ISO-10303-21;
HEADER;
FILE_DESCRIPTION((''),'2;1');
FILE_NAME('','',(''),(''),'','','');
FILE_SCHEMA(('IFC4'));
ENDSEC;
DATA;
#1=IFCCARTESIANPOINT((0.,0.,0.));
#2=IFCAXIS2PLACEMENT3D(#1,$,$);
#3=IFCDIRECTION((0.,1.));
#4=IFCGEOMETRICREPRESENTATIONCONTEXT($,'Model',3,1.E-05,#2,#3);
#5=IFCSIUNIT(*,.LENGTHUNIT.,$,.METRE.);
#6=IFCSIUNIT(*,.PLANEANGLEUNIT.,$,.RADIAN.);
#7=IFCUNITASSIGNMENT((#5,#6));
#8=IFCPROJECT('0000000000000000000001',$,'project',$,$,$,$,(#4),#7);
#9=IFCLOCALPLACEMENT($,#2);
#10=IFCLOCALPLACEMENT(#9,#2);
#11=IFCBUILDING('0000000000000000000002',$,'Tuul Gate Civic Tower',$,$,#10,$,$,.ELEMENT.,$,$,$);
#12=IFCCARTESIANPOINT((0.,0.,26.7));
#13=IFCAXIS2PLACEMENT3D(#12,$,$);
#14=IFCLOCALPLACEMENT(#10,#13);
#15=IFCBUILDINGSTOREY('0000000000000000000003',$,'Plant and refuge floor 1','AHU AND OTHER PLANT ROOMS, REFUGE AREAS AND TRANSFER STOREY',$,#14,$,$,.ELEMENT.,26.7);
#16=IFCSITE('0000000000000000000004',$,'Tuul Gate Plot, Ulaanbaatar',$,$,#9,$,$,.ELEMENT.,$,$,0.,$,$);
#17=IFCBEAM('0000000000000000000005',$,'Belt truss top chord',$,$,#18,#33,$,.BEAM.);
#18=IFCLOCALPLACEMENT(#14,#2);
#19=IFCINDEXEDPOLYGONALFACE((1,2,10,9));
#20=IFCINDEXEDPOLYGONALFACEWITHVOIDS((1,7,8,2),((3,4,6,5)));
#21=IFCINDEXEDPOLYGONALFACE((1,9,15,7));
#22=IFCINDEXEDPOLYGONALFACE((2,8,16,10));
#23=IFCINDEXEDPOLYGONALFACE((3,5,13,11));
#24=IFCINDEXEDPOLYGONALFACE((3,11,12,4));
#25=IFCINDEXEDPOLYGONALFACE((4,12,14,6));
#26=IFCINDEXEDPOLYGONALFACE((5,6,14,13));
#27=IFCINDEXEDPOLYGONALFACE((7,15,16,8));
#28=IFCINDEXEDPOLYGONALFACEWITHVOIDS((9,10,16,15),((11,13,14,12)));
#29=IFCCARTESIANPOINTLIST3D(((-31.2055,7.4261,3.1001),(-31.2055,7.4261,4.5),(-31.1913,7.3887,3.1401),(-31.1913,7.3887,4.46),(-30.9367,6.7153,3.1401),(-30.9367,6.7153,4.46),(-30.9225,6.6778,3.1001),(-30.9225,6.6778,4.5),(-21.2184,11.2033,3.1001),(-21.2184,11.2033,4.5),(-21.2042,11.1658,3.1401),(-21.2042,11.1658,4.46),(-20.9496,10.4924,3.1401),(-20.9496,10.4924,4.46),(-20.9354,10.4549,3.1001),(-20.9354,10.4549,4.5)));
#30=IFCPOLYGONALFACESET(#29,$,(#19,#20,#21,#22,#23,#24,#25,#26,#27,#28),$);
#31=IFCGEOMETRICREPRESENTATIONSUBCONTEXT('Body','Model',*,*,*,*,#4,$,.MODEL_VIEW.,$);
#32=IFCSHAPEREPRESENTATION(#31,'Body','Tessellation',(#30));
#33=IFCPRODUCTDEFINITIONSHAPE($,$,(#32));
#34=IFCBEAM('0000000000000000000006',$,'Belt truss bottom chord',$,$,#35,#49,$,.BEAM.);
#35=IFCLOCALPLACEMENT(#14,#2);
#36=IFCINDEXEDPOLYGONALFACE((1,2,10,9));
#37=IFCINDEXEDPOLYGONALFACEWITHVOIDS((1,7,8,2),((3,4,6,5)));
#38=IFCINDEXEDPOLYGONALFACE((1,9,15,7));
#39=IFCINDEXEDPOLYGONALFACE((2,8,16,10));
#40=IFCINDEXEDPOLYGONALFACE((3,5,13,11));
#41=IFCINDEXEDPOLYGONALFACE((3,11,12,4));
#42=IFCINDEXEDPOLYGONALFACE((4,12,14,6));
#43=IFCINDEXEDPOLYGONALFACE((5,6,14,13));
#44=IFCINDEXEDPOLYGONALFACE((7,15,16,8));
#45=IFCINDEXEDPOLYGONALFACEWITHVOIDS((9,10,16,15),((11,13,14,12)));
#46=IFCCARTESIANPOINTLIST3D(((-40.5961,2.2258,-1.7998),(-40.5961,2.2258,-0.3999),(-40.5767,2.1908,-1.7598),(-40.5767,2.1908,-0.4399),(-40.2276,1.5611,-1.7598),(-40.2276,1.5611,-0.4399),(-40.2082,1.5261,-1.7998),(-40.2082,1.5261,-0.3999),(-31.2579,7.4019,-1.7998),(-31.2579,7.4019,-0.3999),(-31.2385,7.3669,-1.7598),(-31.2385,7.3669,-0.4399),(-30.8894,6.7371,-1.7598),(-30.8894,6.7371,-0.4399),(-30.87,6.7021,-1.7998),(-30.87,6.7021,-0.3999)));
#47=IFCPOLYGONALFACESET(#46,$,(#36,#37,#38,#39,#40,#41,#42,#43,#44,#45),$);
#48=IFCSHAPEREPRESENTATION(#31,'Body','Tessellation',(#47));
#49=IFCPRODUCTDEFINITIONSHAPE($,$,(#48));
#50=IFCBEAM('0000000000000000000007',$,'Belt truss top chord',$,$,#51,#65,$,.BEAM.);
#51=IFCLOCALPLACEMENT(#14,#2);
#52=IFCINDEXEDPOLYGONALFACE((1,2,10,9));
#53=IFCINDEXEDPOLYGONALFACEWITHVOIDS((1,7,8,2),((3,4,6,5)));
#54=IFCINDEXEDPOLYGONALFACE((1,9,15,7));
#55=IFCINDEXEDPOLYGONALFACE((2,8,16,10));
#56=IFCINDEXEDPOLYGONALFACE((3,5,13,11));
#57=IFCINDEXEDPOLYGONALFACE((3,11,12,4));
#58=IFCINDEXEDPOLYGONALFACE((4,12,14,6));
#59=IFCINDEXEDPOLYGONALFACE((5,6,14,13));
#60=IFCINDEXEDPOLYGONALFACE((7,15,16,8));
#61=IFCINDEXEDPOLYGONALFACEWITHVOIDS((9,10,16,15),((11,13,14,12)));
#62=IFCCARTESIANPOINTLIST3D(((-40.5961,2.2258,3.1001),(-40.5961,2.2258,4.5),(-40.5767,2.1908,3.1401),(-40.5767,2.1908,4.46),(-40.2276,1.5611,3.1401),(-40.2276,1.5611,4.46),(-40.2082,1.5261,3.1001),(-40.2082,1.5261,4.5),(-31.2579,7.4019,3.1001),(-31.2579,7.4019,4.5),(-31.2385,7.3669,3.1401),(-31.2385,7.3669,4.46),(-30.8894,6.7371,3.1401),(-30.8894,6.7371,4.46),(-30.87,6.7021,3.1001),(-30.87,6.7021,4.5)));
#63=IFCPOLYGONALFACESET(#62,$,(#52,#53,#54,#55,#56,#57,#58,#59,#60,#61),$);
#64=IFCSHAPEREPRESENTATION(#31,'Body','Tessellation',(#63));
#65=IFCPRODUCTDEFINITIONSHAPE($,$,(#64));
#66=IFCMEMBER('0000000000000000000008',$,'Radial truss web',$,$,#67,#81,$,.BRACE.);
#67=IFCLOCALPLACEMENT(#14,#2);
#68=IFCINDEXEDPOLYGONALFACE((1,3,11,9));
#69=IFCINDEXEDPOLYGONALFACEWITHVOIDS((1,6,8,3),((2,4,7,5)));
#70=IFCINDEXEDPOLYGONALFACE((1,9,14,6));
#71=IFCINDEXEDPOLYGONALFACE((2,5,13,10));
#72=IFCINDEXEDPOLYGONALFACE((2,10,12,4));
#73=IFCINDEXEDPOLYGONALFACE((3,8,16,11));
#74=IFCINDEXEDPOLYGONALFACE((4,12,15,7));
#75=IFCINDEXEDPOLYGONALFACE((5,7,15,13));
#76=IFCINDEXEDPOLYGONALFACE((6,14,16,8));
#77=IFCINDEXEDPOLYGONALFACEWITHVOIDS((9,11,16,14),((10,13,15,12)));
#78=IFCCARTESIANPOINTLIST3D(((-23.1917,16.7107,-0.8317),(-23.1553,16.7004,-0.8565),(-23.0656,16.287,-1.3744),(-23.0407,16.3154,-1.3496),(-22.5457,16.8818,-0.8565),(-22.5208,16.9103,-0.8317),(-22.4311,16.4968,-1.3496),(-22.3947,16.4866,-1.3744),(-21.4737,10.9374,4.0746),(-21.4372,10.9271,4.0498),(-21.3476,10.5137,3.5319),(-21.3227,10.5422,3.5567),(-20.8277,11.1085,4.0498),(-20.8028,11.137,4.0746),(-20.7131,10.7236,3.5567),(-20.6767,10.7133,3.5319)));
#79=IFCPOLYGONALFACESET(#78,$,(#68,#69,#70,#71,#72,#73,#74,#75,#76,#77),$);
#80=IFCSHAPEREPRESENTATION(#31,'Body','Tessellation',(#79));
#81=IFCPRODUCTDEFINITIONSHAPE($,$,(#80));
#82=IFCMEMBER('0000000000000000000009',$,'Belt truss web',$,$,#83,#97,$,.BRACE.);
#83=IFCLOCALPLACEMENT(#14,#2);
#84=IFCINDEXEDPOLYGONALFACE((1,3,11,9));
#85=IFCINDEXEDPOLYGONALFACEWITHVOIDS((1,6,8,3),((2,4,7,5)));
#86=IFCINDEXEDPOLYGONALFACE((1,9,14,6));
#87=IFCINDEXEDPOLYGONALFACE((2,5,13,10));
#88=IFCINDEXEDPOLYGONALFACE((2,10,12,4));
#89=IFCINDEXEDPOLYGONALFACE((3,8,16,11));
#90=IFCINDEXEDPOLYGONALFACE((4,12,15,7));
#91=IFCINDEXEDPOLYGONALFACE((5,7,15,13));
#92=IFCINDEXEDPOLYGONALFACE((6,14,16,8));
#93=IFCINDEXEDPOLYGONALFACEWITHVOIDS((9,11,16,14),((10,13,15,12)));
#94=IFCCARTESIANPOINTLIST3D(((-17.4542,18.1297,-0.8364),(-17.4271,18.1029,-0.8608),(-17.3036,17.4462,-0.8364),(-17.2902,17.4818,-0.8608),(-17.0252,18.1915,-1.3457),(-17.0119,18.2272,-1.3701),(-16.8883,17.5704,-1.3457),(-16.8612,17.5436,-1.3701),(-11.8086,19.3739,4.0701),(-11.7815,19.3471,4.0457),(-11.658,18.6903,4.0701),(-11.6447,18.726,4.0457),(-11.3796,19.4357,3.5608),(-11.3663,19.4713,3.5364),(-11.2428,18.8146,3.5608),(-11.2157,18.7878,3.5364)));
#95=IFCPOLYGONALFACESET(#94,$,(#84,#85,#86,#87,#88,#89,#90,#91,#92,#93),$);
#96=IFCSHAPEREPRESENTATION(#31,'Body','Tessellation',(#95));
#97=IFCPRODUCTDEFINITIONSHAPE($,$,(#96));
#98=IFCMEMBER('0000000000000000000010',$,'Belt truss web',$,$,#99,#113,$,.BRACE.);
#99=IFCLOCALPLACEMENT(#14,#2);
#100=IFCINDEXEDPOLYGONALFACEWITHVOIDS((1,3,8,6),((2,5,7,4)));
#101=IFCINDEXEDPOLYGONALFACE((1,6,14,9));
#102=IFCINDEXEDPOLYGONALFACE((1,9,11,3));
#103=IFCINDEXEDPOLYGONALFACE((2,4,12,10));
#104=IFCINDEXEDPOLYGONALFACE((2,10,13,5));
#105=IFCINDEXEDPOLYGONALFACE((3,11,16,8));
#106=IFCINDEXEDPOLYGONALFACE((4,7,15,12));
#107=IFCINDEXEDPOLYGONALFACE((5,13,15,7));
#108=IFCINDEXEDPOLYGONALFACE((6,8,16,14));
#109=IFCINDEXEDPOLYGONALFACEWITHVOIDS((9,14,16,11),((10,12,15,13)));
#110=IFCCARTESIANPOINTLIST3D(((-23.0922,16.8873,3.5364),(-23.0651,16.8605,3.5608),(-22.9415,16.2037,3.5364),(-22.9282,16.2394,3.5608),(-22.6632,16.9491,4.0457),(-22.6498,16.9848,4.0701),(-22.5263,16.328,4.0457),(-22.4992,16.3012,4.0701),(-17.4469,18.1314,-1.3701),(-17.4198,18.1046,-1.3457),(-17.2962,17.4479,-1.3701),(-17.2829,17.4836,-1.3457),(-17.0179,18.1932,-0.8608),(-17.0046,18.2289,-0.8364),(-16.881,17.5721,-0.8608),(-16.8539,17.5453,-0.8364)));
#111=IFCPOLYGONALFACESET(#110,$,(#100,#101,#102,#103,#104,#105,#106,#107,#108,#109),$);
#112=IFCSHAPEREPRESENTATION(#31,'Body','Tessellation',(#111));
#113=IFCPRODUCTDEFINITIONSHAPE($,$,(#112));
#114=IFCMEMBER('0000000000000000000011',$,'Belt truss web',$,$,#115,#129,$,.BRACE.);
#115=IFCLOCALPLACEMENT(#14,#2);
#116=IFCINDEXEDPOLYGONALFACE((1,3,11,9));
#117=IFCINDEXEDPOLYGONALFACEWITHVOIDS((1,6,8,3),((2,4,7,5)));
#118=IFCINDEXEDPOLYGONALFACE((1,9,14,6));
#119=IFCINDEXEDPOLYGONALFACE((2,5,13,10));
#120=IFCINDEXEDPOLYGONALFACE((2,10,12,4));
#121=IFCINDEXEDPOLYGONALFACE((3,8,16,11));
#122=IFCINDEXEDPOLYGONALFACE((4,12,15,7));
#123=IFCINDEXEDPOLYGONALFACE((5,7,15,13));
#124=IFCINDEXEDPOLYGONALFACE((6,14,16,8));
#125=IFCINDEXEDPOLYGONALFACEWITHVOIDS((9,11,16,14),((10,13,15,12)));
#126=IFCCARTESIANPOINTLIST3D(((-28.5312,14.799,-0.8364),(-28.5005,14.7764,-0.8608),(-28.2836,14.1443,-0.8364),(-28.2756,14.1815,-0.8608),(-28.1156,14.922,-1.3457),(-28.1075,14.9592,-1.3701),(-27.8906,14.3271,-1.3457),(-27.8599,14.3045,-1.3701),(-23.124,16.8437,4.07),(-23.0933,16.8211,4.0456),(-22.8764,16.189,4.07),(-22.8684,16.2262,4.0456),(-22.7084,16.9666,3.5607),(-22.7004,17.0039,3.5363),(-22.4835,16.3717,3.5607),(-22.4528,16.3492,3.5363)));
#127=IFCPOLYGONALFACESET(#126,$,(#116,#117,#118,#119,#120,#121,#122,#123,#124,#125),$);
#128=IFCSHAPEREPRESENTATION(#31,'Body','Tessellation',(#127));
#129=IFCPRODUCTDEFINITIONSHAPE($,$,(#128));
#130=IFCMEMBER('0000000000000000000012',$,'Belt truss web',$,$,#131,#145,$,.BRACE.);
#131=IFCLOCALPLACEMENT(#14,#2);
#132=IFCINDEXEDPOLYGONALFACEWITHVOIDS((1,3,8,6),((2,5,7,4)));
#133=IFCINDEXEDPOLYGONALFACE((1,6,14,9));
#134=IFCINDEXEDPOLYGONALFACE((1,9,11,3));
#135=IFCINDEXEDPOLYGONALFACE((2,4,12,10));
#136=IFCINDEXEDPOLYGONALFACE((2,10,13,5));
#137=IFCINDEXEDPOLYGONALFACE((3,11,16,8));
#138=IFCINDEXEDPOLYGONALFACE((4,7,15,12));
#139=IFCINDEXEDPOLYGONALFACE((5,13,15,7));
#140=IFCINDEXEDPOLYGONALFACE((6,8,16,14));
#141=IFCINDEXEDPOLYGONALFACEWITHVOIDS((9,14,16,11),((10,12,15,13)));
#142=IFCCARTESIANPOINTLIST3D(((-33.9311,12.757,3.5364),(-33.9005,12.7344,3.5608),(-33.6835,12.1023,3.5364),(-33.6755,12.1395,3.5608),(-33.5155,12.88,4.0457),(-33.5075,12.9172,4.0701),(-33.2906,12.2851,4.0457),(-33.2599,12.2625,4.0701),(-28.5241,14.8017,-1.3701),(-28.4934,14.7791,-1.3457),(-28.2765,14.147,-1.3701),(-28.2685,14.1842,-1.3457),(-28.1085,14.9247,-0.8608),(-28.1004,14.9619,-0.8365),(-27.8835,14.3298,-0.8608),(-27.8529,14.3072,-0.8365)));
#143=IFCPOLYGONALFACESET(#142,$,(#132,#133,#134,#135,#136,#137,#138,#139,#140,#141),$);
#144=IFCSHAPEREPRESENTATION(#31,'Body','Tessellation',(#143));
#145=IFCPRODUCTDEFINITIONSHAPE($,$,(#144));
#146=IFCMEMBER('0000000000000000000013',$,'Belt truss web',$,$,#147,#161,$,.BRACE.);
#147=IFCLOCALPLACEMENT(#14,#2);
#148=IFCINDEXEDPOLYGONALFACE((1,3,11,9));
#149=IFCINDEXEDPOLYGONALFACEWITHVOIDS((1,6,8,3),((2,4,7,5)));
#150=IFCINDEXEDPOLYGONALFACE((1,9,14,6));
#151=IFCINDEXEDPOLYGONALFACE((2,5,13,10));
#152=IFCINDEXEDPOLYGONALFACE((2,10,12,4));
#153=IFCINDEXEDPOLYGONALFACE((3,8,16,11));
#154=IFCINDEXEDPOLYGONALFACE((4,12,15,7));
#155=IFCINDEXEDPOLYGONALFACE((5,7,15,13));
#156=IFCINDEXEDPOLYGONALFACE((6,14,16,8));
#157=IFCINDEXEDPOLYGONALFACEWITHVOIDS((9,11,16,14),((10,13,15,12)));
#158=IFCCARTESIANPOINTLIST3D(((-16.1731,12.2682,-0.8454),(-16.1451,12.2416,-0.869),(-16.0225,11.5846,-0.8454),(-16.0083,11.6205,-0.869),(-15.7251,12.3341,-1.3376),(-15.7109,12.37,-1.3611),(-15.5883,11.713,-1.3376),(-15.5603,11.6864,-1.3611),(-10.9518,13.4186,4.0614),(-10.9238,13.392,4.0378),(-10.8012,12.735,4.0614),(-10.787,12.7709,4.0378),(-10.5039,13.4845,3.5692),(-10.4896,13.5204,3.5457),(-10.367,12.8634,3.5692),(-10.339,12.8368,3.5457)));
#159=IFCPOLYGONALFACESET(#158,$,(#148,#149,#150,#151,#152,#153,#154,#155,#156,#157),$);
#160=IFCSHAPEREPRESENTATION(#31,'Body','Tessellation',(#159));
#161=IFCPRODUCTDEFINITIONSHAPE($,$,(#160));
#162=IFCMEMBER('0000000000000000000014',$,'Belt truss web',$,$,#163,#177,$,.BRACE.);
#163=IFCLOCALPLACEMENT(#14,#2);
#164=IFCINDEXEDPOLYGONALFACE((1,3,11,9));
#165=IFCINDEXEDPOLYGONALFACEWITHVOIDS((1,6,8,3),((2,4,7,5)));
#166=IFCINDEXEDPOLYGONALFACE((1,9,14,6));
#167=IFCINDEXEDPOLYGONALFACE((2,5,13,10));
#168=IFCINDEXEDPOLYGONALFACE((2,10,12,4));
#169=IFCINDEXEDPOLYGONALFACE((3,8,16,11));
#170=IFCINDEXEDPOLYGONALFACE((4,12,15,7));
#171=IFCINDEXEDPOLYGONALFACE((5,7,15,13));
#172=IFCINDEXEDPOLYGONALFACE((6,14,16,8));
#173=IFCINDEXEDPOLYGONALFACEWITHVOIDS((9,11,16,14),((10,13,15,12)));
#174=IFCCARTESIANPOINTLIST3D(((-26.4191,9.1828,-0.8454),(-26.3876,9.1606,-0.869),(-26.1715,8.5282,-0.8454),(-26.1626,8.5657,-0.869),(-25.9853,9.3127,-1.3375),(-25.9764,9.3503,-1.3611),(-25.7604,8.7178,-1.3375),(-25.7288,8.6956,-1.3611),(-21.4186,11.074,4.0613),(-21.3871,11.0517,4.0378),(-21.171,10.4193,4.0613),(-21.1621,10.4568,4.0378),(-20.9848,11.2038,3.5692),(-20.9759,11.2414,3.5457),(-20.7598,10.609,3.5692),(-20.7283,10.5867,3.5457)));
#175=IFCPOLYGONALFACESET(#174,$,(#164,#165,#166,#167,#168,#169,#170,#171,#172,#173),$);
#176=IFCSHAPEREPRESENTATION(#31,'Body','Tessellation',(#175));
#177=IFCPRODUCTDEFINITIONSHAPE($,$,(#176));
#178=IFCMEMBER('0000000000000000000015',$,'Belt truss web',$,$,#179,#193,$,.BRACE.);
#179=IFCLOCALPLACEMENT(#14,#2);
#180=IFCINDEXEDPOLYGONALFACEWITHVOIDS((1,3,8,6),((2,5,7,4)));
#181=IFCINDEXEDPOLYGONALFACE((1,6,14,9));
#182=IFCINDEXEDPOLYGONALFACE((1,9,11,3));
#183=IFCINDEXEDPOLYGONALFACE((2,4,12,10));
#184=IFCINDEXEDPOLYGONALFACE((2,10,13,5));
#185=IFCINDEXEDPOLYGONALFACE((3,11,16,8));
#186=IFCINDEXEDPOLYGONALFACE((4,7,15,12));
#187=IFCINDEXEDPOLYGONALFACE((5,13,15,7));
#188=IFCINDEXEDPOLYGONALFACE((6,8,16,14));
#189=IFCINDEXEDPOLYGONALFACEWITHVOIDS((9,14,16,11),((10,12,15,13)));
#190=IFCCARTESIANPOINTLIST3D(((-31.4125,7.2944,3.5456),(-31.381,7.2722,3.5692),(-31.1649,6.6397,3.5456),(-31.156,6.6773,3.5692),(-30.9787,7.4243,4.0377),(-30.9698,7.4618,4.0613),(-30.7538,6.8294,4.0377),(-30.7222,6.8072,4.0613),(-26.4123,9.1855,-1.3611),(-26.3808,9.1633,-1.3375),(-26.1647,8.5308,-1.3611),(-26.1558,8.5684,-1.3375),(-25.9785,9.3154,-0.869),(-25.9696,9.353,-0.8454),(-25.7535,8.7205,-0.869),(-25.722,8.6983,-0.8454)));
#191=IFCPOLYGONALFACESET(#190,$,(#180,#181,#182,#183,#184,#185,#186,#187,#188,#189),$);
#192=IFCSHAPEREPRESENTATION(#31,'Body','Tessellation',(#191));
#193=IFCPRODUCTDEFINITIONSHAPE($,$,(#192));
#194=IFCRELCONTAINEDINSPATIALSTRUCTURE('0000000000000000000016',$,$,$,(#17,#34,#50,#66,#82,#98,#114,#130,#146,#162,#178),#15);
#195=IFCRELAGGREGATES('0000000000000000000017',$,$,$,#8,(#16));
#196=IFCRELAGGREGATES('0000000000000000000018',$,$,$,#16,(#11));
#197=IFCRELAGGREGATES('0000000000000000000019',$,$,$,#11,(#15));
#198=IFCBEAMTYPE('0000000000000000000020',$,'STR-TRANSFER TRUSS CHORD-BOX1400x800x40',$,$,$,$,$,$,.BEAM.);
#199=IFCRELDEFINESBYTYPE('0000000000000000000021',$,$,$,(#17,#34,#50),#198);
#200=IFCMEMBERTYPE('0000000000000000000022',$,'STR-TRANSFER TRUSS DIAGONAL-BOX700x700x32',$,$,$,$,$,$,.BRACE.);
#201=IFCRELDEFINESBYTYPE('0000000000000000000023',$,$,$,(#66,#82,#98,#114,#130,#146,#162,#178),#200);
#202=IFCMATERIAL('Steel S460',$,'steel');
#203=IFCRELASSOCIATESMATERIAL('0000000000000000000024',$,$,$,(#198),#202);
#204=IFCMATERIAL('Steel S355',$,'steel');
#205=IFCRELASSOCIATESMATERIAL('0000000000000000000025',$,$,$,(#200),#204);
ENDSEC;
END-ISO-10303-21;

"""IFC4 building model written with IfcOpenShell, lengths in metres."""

from ifc_helpers import new_model, si_unit, direction, frame, origin, origin_2d, place, context, subcontext, project, spatial, hollow_rectangle, extrude, material, material_profile, profile_set, type_object, element, save


model = new_model("IFC4")

# Units and contexts
model_context = context("Model", 3, precision=1e-05, world=origin(), true_north=direction((0.0, 1.0)))
body_context = subcontext(model_context, "Body", "Model", "MODEL_VIEW")
ifc_project = project(units=[si_unit("LENGTHUNIT", "METRE"), si_unit("PLANEANGLEUNIT", "RADIAN")], contexts=[model_context])

# Site, building, storey
site_placement = place(None, origin())
site = spatial("IfcSite", under=ifc_project, at=site_placement, Name="Tuul Gate Plot, Ulaanbaatar", CompositionType="ELEMENT", RefElevation=0.0)
building_placement = place(site_placement, origin())
building = spatial("IfcBuilding", under=site, at=building_placement, Name="Tuul Gate Civic Tower", CompositionType="ELEMENT")
storey_placement = place(building_placement, frame((0.0, 0.0, 26.7)))
storey = spatial("IfcBuildingStorey", under=building, at=storey_placement, Name="Plant and refuge floor 1", Description="AHU AND OTHER PLANT ROOMS, REFUGE AREAS AND TRANSFER STOREY", CompositionType="ELEMENT", Elevation=26.7)

# Beams
ifc_material_1 = material(Name="Steel S460", Category="steel")
ifc_material_profile_1 = material_profile(ifc_material_1, hollow_rectangle(XDim=0.8, YDim=1.3999, WallThickness=0.04, at=origin_2d()), Name="BOX1400x800x40")
ifc_profile_set_1 = profile_set([ifc_material_profile_1], Name="Steel S460")
beam_type_1 = type_object("IfcBeamType", Name="STR-TRANSFER TRUSS CHORD-BOX1400x800x40", PredefinedType="BEAM", material=ifc_profile_set_1)
for number, where, z_axis, x_axis, name in (
    (1, (-21.0769, 10.8291, 3.8), (-0.935342, -0.353746, 0.0), (0.353746, -0.935342, 0.0), "Belt truss top chord"),
):
    element("IfcBeam", number, at=place(storey_placement, frame(where, z_axis=z_axis, x_axis=x_axis)), inside=storey, type_object=beam_type_1, Name=name, PredefinedType="BEAM", context=body_context, shape_type="SweptSolid", body=[
        extrude(hollow_rectangle(XDim=0.8, YDim=1.3999, WallThickness=0.04, at=origin_2d()), origin(), (0.0, 0.0, 1.0), 10.6775),
    ])
for number, where, z_axis, x_axis, name in (
    (2, (-31.064, 7.052, -1.0999), (-0.874627, -0.484796, 0.0), (0.484796, -0.874627, 0.0), "Belt truss bottom chord"),
    (3, (-31.064, 7.052, 3.8), (-0.874627, -0.484796, 0.0), (0.484796, -0.874627, 0.0), "Belt truss top chord"),
):
    element("IfcBeam", number, at=place(storey_placement, frame(where, z_axis=z_axis, x_axis=x_axis)), inside=storey, type_object=beam_type_1, Name=name, PredefinedType="BEAM", context=body_context, shape_type="SweptSolid", body=[
        extrude(hollow_rectangle(XDim=0.8, YDim=1.3999, WallThickness=0.04, at=origin_2d()), origin(), (0.0, 0.0, 1.0), 10.6768),
    ])

# Members
ifc_material_2 = material(Name="Steel S355", Category="steel")
ifc_material_profile_2 = material_profile(ifc_material_2, hollow_rectangle(XDim=0.7, YDim=0.7, WallThickness=0.032, at=origin_2d()), Name="BOX700x700x32")
ifc_profile_set_2 = profile_set([ifc_material_profile_2], Name="Steel S355")
member_type_1 = type_object("IfcMemberType", Name="STR-TRANSFER TRUSS DIAGONAL-BOX700x700x32", PredefinedType="BRACE", material=ifc_profile_set_2)
member_1_placement = place(storey_placement, frame((-22.7932, 16.5986, -1.103), z_axis=(0.221146, -0.743135, 0.631541), x_axis=(0.958461, 0.285224, 0.0)))
element("IfcMember", 4, at=member_1_placement, inside=storey, type_object=member_type_1, Name="Radial truss web", PredefinedType="BRACE", context=body_context, shape_type="SweptSolid", body=[
    extrude(hollow_rectangle(XDim=0.7, YDim=0.7, WallThickness=0.032, at=origin_2d()), origin(), (0.0, 0.0, 1.0), 7.7688),
])
member_2_placement = place(storey_placement, frame((-17.1577, 17.8367, -1.1033), z_axis=(0.744551, 0.164082, 0.647087), x_axis=(-0.215213, 0.976567, 0.0)))
element("IfcMember", 5, at=member_2_placement, inside=storey, type_object=member_type_1, Name="Belt truss web", PredefinedType="BRACE", context=body_context, shape_type="SweptSolid", body=[
    extrude(hollow_rectangle(XDim=0.7, YDim=0.7, WallThickness=0.032, at=origin_2d()), origin(), (0.0, 0.0, 1.0), 7.5825),
])
for number, where, z_axis, x_axis, name in (
    (6, (-17.1504, 17.8384, -1.1033), (-0.744536, -0.164086, 0.647102), (0.215222, -0.976565, 0.0), "Belt truss web"),
    (7, (-28.1956, 14.5518, -1.1033), (0.71313, 0.269662, 0.647092), (-0.353695, 0.935361, 0.0), "Belt truss web"),
    (8, (-28.1885, 14.5544, -1.1033), (-0.713115, -0.269668, 0.647106), (0.353709, -0.935355, 0.0), "Belt truss web"),
):
    element("IfcMember", number, at=place(storey_placement, frame(where, z_axis=z_axis, x_axis=x_axis)), inside=storey, type_object=member_type_1, Name=name, PredefinedType="BRACE", context=body_context, shape_type="SweptSolid", body=[
        extrude(hollow_rectangle(XDim=0.7, YDim=0.7, WallThickness=0.032, at=origin_2d()), origin(), (0.0, 0.0, 1.0), 7.5823),
    ])
member_3_placement = place(storey_placement, frame((-15.8667, 11.9773, -1.1033), z_axis=(0.719495, 0.158527, 0.676163), x_axis=(-0.21517, 0.976577, 0.0)))
element("IfcMember", 9, at=member_3_placement, inside=storey, type_object=member_type_1, Name="Belt truss web", PredefinedType="BRACE", context=body_context, shape_type="SweptSolid", body=[
    extrude(hollow_rectangle(XDim=0.7, YDim=0.7, WallThickness=0.032, at=origin_2d()), origin(), (0.0, 0.0, 1.0), 7.2568),
])
member_4_placement = place(storey_placement, frame((-26.074, 8.9392, -1.1033), z_axis=(0.689102, 0.260608, 0.676182), x_axis=(-0.353734, 0.935346, 0.0)))
element("IfcMember", 10, at=member_4_placement, inside=storey, type_object=member_type_1, Name="Belt truss web", PredefinedType="BRACE", context=body_context, shape_type="SweptSolid", body=[
    extrude(hollow_rectangle(XDim=0.7, YDim=0.7, WallThickness=0.032, at=origin_2d()), origin(), (0.0, 0.0, 1.0), 7.2566),
])
member_5_placement = place(storey_placement, frame((-26.0671, 8.9419, -1.1033), z_axis=(-0.689084, -0.260614, 0.676198), x_axis=(0.35375, -0.93534, 0.0)))
element("IfcMember", 11, at=member_5_placement, inside=storey, type_object=member_type_1, Name="Belt truss web", PredefinedType="BRACE", context=body_context, shape_type="SweptSolid", body=[
    extrude(hollow_rectangle(XDim=0.7, YDim=0.7, WallThickness=0.032, at=origin_2d()), origin(), (0.0, 0.0, 1.0), 7.2563),
])

save(model, "model.ifc")
